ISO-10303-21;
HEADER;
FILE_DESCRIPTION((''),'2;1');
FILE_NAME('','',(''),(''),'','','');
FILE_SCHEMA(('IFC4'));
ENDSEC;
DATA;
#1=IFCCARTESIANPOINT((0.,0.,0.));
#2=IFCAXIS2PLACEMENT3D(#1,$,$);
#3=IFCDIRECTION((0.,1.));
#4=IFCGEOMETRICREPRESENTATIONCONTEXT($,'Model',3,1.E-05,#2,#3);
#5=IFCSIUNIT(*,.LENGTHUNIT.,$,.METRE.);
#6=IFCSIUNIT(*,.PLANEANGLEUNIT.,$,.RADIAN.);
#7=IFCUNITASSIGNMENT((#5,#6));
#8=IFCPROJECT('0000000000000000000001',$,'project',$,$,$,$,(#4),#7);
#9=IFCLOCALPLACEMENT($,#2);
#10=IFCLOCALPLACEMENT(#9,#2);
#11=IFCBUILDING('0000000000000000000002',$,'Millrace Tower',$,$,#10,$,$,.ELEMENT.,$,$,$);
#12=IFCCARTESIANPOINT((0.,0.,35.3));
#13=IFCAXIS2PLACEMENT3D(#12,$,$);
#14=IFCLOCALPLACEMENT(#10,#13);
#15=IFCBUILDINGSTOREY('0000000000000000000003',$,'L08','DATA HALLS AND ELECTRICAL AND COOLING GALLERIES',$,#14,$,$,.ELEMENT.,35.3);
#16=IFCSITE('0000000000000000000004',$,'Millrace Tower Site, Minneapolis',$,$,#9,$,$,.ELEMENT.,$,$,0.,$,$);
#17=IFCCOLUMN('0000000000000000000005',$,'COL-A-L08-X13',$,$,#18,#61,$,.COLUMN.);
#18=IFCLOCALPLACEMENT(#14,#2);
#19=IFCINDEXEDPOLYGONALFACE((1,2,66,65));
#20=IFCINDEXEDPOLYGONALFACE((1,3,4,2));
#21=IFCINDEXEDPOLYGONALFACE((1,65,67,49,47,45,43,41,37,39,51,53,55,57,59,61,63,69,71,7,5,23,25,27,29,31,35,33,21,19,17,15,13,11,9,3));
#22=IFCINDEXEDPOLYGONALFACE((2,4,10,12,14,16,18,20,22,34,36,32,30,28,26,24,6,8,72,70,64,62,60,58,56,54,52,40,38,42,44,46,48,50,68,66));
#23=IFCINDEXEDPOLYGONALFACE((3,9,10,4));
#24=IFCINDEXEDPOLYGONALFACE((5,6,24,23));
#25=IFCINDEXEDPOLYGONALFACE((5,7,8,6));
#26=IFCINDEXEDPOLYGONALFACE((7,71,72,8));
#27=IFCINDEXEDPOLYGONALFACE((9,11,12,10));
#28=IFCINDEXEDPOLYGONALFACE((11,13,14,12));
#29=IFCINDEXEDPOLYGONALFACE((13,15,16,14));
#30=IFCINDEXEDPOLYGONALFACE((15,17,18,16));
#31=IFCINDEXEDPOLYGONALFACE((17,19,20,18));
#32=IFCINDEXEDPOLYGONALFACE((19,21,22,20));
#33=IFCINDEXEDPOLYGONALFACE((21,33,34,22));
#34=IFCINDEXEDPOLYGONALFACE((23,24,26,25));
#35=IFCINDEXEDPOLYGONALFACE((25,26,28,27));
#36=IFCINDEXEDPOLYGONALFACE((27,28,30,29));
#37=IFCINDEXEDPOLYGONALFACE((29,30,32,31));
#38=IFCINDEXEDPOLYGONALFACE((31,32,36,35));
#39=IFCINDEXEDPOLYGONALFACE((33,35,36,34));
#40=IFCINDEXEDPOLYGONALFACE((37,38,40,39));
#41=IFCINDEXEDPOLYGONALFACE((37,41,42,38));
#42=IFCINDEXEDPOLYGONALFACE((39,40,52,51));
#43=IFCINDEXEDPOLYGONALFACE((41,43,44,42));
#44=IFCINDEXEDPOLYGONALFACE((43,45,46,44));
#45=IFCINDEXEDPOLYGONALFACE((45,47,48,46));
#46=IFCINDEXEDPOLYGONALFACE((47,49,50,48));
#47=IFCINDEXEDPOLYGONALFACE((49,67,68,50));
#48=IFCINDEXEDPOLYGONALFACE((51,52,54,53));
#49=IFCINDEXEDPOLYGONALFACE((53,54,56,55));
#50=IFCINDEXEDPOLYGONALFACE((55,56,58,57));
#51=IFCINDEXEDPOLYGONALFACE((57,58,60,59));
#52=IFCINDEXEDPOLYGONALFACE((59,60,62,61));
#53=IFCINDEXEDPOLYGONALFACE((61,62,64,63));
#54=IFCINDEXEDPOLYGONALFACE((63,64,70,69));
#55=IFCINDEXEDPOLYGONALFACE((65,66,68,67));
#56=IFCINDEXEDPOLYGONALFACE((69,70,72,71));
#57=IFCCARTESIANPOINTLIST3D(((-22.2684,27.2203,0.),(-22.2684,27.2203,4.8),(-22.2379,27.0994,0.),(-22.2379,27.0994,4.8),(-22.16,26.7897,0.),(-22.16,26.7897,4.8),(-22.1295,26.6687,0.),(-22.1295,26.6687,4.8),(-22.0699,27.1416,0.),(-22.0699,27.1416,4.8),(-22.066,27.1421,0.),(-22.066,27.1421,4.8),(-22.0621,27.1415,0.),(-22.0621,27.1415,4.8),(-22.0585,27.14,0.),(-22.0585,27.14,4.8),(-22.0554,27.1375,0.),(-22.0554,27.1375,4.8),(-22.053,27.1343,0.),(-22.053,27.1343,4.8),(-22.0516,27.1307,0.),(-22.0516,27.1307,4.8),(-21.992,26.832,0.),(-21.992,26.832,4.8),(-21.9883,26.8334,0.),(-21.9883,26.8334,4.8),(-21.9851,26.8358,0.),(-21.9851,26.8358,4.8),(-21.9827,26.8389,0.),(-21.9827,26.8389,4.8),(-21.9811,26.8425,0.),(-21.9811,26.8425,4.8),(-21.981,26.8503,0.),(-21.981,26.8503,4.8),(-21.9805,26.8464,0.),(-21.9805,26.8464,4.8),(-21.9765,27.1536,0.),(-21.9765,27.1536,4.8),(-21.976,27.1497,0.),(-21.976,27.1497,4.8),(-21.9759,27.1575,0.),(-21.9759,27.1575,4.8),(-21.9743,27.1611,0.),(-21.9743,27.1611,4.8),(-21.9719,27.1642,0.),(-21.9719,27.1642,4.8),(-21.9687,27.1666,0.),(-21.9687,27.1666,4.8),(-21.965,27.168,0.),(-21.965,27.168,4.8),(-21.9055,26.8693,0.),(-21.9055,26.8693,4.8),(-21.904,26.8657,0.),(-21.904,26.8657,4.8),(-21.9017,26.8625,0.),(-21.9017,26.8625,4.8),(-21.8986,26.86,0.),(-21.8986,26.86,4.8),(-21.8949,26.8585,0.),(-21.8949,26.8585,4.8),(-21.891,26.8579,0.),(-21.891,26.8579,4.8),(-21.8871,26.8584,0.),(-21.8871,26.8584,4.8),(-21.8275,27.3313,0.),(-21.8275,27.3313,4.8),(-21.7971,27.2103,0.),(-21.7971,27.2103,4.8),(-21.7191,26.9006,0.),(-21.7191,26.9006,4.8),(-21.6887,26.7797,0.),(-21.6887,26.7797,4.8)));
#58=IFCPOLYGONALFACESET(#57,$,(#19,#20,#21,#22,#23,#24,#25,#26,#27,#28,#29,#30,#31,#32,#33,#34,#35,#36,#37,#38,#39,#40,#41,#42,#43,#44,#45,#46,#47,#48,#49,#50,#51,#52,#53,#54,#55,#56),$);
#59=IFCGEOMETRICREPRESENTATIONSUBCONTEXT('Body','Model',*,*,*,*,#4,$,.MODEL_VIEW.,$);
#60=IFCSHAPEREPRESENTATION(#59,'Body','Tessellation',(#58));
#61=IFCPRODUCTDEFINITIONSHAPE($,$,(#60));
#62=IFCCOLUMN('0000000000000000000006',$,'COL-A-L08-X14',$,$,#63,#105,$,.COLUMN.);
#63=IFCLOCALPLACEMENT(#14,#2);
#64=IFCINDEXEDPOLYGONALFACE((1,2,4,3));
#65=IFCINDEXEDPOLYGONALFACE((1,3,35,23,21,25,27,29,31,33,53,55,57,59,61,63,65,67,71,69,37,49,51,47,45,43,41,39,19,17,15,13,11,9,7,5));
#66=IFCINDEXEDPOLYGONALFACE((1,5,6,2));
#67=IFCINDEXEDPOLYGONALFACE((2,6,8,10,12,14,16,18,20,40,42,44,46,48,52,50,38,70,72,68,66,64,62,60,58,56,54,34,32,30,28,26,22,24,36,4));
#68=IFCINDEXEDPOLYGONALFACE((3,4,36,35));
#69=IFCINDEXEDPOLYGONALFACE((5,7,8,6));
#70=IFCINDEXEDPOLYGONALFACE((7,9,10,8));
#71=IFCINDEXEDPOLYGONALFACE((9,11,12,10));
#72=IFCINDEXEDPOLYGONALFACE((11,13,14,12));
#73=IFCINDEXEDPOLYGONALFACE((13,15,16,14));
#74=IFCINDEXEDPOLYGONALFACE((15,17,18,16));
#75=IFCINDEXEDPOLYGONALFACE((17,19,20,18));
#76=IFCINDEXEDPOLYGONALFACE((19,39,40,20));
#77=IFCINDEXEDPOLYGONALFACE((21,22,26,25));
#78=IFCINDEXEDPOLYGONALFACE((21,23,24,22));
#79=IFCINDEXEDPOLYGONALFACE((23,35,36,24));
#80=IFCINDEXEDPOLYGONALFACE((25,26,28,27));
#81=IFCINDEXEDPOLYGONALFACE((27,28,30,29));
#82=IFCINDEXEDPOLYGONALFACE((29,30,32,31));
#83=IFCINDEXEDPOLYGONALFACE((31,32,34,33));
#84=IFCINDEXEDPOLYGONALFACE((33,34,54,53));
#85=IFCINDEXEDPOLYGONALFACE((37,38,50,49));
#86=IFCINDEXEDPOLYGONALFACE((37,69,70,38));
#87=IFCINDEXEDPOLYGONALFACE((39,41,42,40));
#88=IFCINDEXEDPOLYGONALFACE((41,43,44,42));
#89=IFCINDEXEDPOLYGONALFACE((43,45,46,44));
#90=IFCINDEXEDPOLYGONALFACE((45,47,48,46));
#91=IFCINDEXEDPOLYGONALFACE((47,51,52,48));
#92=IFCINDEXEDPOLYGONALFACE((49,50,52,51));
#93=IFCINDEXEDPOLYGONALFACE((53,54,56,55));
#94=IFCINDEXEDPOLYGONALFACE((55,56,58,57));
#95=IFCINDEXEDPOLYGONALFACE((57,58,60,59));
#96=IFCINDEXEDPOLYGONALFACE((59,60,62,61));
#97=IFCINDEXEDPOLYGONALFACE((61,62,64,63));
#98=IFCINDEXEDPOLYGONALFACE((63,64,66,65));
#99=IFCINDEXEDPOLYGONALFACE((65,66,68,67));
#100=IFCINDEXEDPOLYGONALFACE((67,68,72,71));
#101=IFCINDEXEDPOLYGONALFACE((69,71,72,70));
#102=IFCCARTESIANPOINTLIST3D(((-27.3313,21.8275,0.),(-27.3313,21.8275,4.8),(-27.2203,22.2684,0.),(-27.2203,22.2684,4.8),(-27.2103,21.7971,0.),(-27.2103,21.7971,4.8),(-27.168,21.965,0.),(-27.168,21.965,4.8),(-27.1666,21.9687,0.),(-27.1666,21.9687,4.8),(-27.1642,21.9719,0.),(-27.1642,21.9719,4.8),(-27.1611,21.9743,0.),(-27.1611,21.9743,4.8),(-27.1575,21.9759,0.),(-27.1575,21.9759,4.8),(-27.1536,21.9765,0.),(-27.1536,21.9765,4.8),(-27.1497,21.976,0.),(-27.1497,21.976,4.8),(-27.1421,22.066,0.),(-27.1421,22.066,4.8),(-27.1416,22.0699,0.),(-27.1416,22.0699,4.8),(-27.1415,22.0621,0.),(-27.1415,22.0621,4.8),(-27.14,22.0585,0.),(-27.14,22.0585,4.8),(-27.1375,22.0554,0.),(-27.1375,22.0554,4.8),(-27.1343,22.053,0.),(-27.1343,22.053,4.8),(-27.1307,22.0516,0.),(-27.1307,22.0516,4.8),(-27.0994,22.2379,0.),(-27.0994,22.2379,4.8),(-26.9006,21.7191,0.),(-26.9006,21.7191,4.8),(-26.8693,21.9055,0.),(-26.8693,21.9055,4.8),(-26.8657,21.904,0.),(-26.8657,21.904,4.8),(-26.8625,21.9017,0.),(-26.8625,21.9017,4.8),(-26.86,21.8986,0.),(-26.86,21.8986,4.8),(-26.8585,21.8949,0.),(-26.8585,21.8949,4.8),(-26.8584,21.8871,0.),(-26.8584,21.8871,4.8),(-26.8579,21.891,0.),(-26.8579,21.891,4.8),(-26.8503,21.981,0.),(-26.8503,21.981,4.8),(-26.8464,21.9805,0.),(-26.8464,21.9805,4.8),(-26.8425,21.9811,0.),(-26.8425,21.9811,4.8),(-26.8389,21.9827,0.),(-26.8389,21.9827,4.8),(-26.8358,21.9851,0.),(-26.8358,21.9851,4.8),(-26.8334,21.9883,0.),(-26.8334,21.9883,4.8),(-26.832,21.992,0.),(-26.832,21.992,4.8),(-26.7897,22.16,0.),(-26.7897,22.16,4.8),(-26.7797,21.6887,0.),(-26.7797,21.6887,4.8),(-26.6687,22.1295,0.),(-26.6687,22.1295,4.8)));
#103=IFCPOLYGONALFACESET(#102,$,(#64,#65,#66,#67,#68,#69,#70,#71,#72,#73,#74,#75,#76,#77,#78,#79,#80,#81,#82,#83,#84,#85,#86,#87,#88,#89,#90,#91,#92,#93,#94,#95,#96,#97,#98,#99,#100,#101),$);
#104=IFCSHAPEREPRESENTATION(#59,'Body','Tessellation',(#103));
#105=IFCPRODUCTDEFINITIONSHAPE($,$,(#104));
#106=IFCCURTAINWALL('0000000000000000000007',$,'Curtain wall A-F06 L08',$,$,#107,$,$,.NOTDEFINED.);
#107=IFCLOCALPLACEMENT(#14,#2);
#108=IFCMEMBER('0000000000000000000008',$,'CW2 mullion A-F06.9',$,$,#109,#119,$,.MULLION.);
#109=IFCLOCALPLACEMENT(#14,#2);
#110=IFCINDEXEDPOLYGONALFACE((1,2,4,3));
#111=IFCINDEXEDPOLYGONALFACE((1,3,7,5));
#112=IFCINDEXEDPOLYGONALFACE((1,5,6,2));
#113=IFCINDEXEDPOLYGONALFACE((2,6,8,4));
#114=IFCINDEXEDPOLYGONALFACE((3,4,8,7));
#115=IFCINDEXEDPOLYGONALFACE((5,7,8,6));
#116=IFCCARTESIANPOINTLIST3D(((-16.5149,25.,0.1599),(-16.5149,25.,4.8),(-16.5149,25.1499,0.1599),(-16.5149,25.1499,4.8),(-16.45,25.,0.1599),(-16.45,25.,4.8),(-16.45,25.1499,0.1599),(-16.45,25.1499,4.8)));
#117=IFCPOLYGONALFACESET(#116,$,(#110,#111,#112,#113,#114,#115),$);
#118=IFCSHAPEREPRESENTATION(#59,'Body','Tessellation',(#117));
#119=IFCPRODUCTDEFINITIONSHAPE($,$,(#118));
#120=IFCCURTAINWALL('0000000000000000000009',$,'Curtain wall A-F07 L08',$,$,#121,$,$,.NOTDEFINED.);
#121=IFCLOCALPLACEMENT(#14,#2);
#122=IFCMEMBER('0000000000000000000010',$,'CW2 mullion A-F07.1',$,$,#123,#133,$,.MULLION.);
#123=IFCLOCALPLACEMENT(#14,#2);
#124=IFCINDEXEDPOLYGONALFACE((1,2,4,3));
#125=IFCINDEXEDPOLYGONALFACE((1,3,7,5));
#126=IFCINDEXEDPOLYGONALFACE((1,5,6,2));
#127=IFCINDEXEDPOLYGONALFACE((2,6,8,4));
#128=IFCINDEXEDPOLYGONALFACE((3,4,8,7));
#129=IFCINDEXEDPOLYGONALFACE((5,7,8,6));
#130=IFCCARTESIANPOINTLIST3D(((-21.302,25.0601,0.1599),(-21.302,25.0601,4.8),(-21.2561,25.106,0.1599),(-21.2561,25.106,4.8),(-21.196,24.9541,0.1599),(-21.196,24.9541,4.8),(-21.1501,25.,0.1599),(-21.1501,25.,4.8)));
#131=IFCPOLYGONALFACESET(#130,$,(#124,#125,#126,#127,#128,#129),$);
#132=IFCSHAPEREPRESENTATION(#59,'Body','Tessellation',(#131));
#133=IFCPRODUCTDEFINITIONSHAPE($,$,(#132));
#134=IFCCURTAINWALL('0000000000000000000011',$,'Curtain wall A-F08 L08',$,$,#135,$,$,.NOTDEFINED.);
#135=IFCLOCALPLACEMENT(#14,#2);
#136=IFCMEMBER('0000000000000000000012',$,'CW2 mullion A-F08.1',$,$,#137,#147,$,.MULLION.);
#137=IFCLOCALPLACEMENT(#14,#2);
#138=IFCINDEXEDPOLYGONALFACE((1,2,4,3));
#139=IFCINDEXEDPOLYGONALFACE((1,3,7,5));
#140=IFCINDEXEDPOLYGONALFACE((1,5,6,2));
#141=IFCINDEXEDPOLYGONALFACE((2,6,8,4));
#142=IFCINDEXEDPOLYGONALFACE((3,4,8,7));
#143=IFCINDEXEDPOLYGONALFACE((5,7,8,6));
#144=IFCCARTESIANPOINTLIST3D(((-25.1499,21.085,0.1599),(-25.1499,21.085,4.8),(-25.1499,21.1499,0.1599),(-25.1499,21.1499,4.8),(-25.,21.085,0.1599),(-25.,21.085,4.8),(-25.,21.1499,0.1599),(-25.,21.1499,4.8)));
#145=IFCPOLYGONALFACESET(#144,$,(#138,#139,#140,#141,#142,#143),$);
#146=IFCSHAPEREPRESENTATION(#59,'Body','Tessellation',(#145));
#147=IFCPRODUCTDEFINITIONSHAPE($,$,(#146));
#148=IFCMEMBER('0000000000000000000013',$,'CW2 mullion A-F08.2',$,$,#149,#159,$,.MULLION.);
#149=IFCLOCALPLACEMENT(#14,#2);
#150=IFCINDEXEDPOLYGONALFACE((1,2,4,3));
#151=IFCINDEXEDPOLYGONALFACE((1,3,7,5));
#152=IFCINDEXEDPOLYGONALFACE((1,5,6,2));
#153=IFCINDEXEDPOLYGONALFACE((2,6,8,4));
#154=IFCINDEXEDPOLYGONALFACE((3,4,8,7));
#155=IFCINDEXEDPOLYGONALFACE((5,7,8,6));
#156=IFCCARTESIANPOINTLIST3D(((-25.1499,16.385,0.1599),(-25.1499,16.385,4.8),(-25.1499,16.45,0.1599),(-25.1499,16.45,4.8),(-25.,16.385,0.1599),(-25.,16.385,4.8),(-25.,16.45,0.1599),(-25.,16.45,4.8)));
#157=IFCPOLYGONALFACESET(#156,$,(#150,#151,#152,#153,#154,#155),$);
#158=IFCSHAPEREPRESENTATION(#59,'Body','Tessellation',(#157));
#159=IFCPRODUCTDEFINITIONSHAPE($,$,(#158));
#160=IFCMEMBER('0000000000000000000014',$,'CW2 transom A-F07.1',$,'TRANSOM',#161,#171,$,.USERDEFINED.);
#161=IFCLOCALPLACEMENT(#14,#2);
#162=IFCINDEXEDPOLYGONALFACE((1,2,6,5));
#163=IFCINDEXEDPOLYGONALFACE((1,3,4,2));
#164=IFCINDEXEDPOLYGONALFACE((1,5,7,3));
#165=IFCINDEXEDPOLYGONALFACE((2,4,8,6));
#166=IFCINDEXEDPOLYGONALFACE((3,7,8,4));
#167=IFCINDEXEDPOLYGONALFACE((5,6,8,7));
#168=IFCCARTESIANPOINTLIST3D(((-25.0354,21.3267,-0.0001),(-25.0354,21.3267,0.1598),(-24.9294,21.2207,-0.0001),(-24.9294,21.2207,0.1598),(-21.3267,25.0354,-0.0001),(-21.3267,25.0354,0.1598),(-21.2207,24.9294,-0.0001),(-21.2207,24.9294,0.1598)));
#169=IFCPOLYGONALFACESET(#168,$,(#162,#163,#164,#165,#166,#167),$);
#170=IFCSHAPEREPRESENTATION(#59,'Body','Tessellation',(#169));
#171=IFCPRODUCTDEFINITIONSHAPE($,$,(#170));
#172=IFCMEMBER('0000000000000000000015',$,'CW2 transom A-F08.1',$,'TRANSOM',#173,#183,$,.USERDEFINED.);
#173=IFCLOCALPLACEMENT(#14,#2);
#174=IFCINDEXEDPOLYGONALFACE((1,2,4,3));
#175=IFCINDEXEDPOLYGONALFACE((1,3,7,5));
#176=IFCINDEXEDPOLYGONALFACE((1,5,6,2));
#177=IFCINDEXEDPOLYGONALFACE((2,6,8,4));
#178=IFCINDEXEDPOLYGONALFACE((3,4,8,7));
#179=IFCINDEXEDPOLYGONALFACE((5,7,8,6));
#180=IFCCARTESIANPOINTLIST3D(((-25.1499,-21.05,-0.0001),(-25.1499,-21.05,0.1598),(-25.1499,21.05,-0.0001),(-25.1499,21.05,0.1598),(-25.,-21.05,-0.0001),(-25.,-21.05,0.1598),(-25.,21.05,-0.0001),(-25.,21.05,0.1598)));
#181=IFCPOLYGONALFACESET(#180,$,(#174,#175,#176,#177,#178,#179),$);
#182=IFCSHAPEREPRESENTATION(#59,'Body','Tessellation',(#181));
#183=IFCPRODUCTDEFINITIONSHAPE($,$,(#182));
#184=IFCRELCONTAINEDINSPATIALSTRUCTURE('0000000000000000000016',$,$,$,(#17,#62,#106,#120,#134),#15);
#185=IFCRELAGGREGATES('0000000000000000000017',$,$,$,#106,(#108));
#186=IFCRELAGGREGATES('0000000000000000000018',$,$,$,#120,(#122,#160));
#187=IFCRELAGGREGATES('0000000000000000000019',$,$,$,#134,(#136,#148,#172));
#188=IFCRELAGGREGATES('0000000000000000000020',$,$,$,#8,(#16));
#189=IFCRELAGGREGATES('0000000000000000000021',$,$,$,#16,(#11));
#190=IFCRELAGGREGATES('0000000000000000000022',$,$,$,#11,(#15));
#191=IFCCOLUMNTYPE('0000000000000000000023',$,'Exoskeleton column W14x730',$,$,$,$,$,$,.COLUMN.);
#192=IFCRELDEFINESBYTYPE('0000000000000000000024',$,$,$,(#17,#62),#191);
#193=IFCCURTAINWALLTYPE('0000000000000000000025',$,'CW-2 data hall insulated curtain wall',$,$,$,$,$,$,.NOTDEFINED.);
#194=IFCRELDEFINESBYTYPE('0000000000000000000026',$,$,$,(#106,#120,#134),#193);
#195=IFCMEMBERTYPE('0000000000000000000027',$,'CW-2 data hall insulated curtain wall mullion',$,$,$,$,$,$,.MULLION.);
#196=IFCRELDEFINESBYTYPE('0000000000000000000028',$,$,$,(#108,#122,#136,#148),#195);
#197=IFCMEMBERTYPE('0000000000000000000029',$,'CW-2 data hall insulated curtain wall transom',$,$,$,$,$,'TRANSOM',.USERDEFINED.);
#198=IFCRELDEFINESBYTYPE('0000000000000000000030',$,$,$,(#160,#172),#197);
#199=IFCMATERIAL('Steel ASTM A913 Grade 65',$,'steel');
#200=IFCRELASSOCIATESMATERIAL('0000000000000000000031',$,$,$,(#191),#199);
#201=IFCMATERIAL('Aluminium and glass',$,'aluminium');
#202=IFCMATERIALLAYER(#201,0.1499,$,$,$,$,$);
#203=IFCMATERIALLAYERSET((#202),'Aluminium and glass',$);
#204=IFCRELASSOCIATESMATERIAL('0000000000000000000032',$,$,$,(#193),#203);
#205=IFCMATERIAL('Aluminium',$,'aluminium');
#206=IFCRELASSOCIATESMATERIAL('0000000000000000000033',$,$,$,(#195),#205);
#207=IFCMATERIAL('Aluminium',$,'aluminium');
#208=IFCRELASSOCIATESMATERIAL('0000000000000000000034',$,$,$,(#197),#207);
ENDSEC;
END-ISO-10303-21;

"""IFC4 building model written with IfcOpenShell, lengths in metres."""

from ifc_helpers import new_model, si_unit, direction, frame, origin, origin_2d, place, context, subcontext, project, spatial, rectangle, i_section, extrude, material, layer, layer_set, material_profile, profile_set, type_object, element, aggregate, save


model = new_model("IFC4")

# Units and contexts
model_context = context("Model", 3, precision=1e-05, world=origin(), true_north=direction((0.0, 1.0)))
body_context = subcontext(model_context, "Body", "Model", "MODEL_VIEW")
ifc_project = project(units=[si_unit("LENGTHUNIT", "METRE"), si_unit("PLANEANGLEUNIT", "RADIAN")], contexts=[model_context])

# Site, building, storey
site_placement = place(None, origin())
site = spatial("IfcSite", under=ifc_project, at=site_placement, Name="Millrace Tower Site, Minneapolis", CompositionType="ELEMENT", RefElevation=0.0)
building_placement = place(site_placement, origin())
building = spatial("IfcBuilding", under=site, at=building_placement, Name="Millrace Tower", CompositionType="ELEMENT")
storey_placement = place(building_placement, frame((0.0, 0.0, 35.3)))
storey = spatial("IfcBuildingStorey", under=building, at=storey_placement, Name="L08", Description="DATA HALLS AND ELECTRICAL AND COOLING GALLERIES", CompositionType="ELEMENT", Elevation=35.3)

# Columns
ifc_material_1 = material(Name="Steel ASTM A913 Grade 65", Category="steel")
ifc_material_profile_1 = material_profile(ifc_material_1, i_section(OverallWidth=0.4546, OverallDepth=0.5688, WebThickness=0.0779, FlangeThickness=0.1248, FilletRadius=0.0151, at=origin_2d()))
ifc_profile_set_1 = profile_set([ifc_material_profile_1], Name="Steel ASTM A913 Grade 65")
column_type = type_object("IfcColumnType", Name="Exoskeleton column W14x730", PredefinedType="COLUMN", material=ifc_profile_set_1)
for number, where, z_axis, x_axis, name in (
    (1, (-21.9785, 27.0, 0.0), (0.0, 0.0, 1.0), (-0.969752, -0.244094, 0.0), "COL-A-L08-X13"),
    (2, (-27.0, 21.9785, 0.0), (0.0, 0.0, 1.0), (-0.244094, -0.969752, 0.0), "COL-A-L08-X14"),
):
    element("IfcColumn", number, at=place(storey_placement, frame(where, z_axis=z_axis, x_axis=x_axis)), inside=storey, type_object=column_type, Name=name, PredefinedType="COLUMN", context=body_context, shape_type="SweptSolid", body=[
        extrude(i_section(OverallWidth=0.4546, OverallDepth=0.5688, WebThickness=0.0779, FlangeThickness=0.1248, FilletRadius=0.0151, at=origin_2d()), origin(), (0.0, 0.0, 1.0), 4.8),
    ])

# Curtain walls, members
ifc_material_2 = material(Name="Aluminium and glass", Category="aluminium")
ifc_layer_1 = layer(ifc_material_2, 0.1499)
ifc_layer_set_1 = layer_set([ifc_layer_1], Name="Aluminium and glass")
curtain_wall_type = type_object("IfcCurtainWallType", Name="CW-2 data hall insulated curtain wall", PredefinedType="NOTDEFINED", material=ifc_layer_set_1)
placement = place(storey_placement, origin())
curtain_wall_1 = element("IfcCurtainWall", 3, at=placement, inside=storey, type_object=curtain_wall_type, Name="Curtain wall A-F06 L08", PredefinedType="NOTDEFINED")
ifc_material_3 = material(Name="Aluminium", Category="aluminium")
ifc_material_profile_2 = material_profile(ifc_material_3, rectangle(XDim=0.0649, YDim=0.1499, at=origin_2d()))
ifc_profile_set_2 = profile_set([ifc_material_profile_2], Name="Aluminium")
member_type_1 = type_object("IfcMemberType", Name="CW-2 data hall insulated curtain wall mullion", PredefinedType="MULLION", material=ifc_profile_set_2)
member_1_placement = place(storey_placement, frame((-16.4824, 25.075, 0.1599), z_axis=(0.0, 0.0, 1.0), x_axis=(-1.0, 0.0, 0.0)))
member_1 = element("IfcMember", 4, at=member_1_placement, type_object=member_type_1, Name="CW2 mullion A-F06.9", PredefinedType="MULLION", context=body_context, shape_type="SweptSolid", body=[
    extrude(rectangle(XDim=0.0649, YDim=0.1499, at=origin_2d()), origin(), (0.0, 0.0, 1.0), 4.6401),
])
aggregate(curtain_wall_1, [member_1])
curtain_wall_2 = element("IfcCurtainWall", 5, at=placement, inside=storey, type_object=curtain_wall_type, Name="Curtain wall A-F07 L08", PredefinedType="NOTDEFINED")
member_2_placement = place(storey_placement, frame((-21.2261, 25.03, 0.1599), z_axis=(0.0, 0.0, 1.0), x_axis=(-0.707107, -0.707107, 0.0)))
member_2 = element("IfcMember", 6, at=member_2_placement, type_object=member_type_1, Name="CW2 mullion A-F07.1", PredefinedType="MULLION", context=body_context, shape_type="SweptSolid", body=[
    extrude(rectangle(XDim=0.0649, YDim=0.1499, at=origin_2d()), origin(), (0.0, 0.0, 1.0), 4.6401),
])

# Curtain wall, members
curtain_wall_3 = element("IfcCurtainWall", 7, at=placement, inside=storey, type_object=curtain_wall_type, Name="Curtain wall A-F08 L08", PredefinedType="NOTDEFINED")
member_3_placement = place(storey_placement, frame((-25.075, 21.1174, 0.1599), z_axis=(0.0, 0.0, 1.0), x_axis=(0.0, -1.0, 0.0)))
member_3 = element("IfcMember", 8, at=member_3_placement, type_object=member_type_1, Name="CW2 mullion A-F08.1", PredefinedType="MULLION", context=body_context, shape_type="SweptSolid", body=[
    extrude(rectangle(XDim=0.0649, YDim=0.1499, at=origin_2d()), origin(), (0.0, 0.0, 1.0), 4.6401),
])
member_4_placement = place(storey_placement, frame((-25.075, 16.4175, 0.1599), z_axis=(0.0, 0.0, 1.0), x_axis=(0.0, -1.0, 0.0)))
member_4 = element("IfcMember", 9, at=member_4_placement, type_object=member_type_1, Name="CW2 mullion A-F08.2", PredefinedType="MULLION", context=body_context, shape_type="SweptSolid", body=[
    extrude(rectangle(XDim=0.0649, YDim=0.1499, at=origin_2d()), origin(), (0.0, 0.0, 1.0), 4.6401),
])

# Members
ifc_material_4 = material(Name="Aluminium", Category="aluminium")
ifc_material_profile_3 = material_profile(ifc_material_4, rectangle(XDim=0.1499, YDim=0.1599, at=origin_2d()))
ifc_profile_set_3 = profile_set([ifc_material_profile_3], Name="Aluminium")
member_type_2 = type_object("IfcMemberType", Name="CW-2 data hall insulated curtain wall transom", ElementType="TRANSOM", PredefinedType="USERDEFINED", material=ifc_profile_set_3)
member_5_placement = place(storey_placement, frame((-21.2737, 24.9824, 0.0798), z_axis=(-0.707107, -0.707107, 0.0), x_axis=(0.707107, -0.707107, 0.0)))
member_5 = element("IfcMember", 10, at=member_5_placement, type_object=member_type_2, Name="CW2 transom A-F07.1", ObjectType="TRANSOM", PredefinedType="USERDEFINED", context=body_context, shape_type="SweptSolid", body=[
    extrude(rectangle(XDim=0.1499, YDim=0.1599, at=origin_2d()), origin(), (0.0, 0.0, 1.0), 5.2449),
])
aggregate(curtain_wall_2, [member_2, member_5])
member_6_placement = place(storey_placement, frame((-25.075, 21.05, 0.0798), z_axis=(0.0, -1.0, 0.0), x_axis=(1.0, 0.0, 0.0)))
member_6 = element("IfcMember", 11, at=member_6_placement, type_object=member_type_2, Name="CW2 transom A-F08.1", ObjectType="TRANSOM", PredefinedType="USERDEFINED", context=body_context, shape_type="SweptSolid", body=[
    extrude(rectangle(XDim=0.1499, YDim=0.1599, at=origin_2d()), origin(), (0.0, 0.0, 1.0), 42.1001),
])
aggregate(curtain_wall_3, [member_3, member_4, member_6])

save(model, "model.ifc")
